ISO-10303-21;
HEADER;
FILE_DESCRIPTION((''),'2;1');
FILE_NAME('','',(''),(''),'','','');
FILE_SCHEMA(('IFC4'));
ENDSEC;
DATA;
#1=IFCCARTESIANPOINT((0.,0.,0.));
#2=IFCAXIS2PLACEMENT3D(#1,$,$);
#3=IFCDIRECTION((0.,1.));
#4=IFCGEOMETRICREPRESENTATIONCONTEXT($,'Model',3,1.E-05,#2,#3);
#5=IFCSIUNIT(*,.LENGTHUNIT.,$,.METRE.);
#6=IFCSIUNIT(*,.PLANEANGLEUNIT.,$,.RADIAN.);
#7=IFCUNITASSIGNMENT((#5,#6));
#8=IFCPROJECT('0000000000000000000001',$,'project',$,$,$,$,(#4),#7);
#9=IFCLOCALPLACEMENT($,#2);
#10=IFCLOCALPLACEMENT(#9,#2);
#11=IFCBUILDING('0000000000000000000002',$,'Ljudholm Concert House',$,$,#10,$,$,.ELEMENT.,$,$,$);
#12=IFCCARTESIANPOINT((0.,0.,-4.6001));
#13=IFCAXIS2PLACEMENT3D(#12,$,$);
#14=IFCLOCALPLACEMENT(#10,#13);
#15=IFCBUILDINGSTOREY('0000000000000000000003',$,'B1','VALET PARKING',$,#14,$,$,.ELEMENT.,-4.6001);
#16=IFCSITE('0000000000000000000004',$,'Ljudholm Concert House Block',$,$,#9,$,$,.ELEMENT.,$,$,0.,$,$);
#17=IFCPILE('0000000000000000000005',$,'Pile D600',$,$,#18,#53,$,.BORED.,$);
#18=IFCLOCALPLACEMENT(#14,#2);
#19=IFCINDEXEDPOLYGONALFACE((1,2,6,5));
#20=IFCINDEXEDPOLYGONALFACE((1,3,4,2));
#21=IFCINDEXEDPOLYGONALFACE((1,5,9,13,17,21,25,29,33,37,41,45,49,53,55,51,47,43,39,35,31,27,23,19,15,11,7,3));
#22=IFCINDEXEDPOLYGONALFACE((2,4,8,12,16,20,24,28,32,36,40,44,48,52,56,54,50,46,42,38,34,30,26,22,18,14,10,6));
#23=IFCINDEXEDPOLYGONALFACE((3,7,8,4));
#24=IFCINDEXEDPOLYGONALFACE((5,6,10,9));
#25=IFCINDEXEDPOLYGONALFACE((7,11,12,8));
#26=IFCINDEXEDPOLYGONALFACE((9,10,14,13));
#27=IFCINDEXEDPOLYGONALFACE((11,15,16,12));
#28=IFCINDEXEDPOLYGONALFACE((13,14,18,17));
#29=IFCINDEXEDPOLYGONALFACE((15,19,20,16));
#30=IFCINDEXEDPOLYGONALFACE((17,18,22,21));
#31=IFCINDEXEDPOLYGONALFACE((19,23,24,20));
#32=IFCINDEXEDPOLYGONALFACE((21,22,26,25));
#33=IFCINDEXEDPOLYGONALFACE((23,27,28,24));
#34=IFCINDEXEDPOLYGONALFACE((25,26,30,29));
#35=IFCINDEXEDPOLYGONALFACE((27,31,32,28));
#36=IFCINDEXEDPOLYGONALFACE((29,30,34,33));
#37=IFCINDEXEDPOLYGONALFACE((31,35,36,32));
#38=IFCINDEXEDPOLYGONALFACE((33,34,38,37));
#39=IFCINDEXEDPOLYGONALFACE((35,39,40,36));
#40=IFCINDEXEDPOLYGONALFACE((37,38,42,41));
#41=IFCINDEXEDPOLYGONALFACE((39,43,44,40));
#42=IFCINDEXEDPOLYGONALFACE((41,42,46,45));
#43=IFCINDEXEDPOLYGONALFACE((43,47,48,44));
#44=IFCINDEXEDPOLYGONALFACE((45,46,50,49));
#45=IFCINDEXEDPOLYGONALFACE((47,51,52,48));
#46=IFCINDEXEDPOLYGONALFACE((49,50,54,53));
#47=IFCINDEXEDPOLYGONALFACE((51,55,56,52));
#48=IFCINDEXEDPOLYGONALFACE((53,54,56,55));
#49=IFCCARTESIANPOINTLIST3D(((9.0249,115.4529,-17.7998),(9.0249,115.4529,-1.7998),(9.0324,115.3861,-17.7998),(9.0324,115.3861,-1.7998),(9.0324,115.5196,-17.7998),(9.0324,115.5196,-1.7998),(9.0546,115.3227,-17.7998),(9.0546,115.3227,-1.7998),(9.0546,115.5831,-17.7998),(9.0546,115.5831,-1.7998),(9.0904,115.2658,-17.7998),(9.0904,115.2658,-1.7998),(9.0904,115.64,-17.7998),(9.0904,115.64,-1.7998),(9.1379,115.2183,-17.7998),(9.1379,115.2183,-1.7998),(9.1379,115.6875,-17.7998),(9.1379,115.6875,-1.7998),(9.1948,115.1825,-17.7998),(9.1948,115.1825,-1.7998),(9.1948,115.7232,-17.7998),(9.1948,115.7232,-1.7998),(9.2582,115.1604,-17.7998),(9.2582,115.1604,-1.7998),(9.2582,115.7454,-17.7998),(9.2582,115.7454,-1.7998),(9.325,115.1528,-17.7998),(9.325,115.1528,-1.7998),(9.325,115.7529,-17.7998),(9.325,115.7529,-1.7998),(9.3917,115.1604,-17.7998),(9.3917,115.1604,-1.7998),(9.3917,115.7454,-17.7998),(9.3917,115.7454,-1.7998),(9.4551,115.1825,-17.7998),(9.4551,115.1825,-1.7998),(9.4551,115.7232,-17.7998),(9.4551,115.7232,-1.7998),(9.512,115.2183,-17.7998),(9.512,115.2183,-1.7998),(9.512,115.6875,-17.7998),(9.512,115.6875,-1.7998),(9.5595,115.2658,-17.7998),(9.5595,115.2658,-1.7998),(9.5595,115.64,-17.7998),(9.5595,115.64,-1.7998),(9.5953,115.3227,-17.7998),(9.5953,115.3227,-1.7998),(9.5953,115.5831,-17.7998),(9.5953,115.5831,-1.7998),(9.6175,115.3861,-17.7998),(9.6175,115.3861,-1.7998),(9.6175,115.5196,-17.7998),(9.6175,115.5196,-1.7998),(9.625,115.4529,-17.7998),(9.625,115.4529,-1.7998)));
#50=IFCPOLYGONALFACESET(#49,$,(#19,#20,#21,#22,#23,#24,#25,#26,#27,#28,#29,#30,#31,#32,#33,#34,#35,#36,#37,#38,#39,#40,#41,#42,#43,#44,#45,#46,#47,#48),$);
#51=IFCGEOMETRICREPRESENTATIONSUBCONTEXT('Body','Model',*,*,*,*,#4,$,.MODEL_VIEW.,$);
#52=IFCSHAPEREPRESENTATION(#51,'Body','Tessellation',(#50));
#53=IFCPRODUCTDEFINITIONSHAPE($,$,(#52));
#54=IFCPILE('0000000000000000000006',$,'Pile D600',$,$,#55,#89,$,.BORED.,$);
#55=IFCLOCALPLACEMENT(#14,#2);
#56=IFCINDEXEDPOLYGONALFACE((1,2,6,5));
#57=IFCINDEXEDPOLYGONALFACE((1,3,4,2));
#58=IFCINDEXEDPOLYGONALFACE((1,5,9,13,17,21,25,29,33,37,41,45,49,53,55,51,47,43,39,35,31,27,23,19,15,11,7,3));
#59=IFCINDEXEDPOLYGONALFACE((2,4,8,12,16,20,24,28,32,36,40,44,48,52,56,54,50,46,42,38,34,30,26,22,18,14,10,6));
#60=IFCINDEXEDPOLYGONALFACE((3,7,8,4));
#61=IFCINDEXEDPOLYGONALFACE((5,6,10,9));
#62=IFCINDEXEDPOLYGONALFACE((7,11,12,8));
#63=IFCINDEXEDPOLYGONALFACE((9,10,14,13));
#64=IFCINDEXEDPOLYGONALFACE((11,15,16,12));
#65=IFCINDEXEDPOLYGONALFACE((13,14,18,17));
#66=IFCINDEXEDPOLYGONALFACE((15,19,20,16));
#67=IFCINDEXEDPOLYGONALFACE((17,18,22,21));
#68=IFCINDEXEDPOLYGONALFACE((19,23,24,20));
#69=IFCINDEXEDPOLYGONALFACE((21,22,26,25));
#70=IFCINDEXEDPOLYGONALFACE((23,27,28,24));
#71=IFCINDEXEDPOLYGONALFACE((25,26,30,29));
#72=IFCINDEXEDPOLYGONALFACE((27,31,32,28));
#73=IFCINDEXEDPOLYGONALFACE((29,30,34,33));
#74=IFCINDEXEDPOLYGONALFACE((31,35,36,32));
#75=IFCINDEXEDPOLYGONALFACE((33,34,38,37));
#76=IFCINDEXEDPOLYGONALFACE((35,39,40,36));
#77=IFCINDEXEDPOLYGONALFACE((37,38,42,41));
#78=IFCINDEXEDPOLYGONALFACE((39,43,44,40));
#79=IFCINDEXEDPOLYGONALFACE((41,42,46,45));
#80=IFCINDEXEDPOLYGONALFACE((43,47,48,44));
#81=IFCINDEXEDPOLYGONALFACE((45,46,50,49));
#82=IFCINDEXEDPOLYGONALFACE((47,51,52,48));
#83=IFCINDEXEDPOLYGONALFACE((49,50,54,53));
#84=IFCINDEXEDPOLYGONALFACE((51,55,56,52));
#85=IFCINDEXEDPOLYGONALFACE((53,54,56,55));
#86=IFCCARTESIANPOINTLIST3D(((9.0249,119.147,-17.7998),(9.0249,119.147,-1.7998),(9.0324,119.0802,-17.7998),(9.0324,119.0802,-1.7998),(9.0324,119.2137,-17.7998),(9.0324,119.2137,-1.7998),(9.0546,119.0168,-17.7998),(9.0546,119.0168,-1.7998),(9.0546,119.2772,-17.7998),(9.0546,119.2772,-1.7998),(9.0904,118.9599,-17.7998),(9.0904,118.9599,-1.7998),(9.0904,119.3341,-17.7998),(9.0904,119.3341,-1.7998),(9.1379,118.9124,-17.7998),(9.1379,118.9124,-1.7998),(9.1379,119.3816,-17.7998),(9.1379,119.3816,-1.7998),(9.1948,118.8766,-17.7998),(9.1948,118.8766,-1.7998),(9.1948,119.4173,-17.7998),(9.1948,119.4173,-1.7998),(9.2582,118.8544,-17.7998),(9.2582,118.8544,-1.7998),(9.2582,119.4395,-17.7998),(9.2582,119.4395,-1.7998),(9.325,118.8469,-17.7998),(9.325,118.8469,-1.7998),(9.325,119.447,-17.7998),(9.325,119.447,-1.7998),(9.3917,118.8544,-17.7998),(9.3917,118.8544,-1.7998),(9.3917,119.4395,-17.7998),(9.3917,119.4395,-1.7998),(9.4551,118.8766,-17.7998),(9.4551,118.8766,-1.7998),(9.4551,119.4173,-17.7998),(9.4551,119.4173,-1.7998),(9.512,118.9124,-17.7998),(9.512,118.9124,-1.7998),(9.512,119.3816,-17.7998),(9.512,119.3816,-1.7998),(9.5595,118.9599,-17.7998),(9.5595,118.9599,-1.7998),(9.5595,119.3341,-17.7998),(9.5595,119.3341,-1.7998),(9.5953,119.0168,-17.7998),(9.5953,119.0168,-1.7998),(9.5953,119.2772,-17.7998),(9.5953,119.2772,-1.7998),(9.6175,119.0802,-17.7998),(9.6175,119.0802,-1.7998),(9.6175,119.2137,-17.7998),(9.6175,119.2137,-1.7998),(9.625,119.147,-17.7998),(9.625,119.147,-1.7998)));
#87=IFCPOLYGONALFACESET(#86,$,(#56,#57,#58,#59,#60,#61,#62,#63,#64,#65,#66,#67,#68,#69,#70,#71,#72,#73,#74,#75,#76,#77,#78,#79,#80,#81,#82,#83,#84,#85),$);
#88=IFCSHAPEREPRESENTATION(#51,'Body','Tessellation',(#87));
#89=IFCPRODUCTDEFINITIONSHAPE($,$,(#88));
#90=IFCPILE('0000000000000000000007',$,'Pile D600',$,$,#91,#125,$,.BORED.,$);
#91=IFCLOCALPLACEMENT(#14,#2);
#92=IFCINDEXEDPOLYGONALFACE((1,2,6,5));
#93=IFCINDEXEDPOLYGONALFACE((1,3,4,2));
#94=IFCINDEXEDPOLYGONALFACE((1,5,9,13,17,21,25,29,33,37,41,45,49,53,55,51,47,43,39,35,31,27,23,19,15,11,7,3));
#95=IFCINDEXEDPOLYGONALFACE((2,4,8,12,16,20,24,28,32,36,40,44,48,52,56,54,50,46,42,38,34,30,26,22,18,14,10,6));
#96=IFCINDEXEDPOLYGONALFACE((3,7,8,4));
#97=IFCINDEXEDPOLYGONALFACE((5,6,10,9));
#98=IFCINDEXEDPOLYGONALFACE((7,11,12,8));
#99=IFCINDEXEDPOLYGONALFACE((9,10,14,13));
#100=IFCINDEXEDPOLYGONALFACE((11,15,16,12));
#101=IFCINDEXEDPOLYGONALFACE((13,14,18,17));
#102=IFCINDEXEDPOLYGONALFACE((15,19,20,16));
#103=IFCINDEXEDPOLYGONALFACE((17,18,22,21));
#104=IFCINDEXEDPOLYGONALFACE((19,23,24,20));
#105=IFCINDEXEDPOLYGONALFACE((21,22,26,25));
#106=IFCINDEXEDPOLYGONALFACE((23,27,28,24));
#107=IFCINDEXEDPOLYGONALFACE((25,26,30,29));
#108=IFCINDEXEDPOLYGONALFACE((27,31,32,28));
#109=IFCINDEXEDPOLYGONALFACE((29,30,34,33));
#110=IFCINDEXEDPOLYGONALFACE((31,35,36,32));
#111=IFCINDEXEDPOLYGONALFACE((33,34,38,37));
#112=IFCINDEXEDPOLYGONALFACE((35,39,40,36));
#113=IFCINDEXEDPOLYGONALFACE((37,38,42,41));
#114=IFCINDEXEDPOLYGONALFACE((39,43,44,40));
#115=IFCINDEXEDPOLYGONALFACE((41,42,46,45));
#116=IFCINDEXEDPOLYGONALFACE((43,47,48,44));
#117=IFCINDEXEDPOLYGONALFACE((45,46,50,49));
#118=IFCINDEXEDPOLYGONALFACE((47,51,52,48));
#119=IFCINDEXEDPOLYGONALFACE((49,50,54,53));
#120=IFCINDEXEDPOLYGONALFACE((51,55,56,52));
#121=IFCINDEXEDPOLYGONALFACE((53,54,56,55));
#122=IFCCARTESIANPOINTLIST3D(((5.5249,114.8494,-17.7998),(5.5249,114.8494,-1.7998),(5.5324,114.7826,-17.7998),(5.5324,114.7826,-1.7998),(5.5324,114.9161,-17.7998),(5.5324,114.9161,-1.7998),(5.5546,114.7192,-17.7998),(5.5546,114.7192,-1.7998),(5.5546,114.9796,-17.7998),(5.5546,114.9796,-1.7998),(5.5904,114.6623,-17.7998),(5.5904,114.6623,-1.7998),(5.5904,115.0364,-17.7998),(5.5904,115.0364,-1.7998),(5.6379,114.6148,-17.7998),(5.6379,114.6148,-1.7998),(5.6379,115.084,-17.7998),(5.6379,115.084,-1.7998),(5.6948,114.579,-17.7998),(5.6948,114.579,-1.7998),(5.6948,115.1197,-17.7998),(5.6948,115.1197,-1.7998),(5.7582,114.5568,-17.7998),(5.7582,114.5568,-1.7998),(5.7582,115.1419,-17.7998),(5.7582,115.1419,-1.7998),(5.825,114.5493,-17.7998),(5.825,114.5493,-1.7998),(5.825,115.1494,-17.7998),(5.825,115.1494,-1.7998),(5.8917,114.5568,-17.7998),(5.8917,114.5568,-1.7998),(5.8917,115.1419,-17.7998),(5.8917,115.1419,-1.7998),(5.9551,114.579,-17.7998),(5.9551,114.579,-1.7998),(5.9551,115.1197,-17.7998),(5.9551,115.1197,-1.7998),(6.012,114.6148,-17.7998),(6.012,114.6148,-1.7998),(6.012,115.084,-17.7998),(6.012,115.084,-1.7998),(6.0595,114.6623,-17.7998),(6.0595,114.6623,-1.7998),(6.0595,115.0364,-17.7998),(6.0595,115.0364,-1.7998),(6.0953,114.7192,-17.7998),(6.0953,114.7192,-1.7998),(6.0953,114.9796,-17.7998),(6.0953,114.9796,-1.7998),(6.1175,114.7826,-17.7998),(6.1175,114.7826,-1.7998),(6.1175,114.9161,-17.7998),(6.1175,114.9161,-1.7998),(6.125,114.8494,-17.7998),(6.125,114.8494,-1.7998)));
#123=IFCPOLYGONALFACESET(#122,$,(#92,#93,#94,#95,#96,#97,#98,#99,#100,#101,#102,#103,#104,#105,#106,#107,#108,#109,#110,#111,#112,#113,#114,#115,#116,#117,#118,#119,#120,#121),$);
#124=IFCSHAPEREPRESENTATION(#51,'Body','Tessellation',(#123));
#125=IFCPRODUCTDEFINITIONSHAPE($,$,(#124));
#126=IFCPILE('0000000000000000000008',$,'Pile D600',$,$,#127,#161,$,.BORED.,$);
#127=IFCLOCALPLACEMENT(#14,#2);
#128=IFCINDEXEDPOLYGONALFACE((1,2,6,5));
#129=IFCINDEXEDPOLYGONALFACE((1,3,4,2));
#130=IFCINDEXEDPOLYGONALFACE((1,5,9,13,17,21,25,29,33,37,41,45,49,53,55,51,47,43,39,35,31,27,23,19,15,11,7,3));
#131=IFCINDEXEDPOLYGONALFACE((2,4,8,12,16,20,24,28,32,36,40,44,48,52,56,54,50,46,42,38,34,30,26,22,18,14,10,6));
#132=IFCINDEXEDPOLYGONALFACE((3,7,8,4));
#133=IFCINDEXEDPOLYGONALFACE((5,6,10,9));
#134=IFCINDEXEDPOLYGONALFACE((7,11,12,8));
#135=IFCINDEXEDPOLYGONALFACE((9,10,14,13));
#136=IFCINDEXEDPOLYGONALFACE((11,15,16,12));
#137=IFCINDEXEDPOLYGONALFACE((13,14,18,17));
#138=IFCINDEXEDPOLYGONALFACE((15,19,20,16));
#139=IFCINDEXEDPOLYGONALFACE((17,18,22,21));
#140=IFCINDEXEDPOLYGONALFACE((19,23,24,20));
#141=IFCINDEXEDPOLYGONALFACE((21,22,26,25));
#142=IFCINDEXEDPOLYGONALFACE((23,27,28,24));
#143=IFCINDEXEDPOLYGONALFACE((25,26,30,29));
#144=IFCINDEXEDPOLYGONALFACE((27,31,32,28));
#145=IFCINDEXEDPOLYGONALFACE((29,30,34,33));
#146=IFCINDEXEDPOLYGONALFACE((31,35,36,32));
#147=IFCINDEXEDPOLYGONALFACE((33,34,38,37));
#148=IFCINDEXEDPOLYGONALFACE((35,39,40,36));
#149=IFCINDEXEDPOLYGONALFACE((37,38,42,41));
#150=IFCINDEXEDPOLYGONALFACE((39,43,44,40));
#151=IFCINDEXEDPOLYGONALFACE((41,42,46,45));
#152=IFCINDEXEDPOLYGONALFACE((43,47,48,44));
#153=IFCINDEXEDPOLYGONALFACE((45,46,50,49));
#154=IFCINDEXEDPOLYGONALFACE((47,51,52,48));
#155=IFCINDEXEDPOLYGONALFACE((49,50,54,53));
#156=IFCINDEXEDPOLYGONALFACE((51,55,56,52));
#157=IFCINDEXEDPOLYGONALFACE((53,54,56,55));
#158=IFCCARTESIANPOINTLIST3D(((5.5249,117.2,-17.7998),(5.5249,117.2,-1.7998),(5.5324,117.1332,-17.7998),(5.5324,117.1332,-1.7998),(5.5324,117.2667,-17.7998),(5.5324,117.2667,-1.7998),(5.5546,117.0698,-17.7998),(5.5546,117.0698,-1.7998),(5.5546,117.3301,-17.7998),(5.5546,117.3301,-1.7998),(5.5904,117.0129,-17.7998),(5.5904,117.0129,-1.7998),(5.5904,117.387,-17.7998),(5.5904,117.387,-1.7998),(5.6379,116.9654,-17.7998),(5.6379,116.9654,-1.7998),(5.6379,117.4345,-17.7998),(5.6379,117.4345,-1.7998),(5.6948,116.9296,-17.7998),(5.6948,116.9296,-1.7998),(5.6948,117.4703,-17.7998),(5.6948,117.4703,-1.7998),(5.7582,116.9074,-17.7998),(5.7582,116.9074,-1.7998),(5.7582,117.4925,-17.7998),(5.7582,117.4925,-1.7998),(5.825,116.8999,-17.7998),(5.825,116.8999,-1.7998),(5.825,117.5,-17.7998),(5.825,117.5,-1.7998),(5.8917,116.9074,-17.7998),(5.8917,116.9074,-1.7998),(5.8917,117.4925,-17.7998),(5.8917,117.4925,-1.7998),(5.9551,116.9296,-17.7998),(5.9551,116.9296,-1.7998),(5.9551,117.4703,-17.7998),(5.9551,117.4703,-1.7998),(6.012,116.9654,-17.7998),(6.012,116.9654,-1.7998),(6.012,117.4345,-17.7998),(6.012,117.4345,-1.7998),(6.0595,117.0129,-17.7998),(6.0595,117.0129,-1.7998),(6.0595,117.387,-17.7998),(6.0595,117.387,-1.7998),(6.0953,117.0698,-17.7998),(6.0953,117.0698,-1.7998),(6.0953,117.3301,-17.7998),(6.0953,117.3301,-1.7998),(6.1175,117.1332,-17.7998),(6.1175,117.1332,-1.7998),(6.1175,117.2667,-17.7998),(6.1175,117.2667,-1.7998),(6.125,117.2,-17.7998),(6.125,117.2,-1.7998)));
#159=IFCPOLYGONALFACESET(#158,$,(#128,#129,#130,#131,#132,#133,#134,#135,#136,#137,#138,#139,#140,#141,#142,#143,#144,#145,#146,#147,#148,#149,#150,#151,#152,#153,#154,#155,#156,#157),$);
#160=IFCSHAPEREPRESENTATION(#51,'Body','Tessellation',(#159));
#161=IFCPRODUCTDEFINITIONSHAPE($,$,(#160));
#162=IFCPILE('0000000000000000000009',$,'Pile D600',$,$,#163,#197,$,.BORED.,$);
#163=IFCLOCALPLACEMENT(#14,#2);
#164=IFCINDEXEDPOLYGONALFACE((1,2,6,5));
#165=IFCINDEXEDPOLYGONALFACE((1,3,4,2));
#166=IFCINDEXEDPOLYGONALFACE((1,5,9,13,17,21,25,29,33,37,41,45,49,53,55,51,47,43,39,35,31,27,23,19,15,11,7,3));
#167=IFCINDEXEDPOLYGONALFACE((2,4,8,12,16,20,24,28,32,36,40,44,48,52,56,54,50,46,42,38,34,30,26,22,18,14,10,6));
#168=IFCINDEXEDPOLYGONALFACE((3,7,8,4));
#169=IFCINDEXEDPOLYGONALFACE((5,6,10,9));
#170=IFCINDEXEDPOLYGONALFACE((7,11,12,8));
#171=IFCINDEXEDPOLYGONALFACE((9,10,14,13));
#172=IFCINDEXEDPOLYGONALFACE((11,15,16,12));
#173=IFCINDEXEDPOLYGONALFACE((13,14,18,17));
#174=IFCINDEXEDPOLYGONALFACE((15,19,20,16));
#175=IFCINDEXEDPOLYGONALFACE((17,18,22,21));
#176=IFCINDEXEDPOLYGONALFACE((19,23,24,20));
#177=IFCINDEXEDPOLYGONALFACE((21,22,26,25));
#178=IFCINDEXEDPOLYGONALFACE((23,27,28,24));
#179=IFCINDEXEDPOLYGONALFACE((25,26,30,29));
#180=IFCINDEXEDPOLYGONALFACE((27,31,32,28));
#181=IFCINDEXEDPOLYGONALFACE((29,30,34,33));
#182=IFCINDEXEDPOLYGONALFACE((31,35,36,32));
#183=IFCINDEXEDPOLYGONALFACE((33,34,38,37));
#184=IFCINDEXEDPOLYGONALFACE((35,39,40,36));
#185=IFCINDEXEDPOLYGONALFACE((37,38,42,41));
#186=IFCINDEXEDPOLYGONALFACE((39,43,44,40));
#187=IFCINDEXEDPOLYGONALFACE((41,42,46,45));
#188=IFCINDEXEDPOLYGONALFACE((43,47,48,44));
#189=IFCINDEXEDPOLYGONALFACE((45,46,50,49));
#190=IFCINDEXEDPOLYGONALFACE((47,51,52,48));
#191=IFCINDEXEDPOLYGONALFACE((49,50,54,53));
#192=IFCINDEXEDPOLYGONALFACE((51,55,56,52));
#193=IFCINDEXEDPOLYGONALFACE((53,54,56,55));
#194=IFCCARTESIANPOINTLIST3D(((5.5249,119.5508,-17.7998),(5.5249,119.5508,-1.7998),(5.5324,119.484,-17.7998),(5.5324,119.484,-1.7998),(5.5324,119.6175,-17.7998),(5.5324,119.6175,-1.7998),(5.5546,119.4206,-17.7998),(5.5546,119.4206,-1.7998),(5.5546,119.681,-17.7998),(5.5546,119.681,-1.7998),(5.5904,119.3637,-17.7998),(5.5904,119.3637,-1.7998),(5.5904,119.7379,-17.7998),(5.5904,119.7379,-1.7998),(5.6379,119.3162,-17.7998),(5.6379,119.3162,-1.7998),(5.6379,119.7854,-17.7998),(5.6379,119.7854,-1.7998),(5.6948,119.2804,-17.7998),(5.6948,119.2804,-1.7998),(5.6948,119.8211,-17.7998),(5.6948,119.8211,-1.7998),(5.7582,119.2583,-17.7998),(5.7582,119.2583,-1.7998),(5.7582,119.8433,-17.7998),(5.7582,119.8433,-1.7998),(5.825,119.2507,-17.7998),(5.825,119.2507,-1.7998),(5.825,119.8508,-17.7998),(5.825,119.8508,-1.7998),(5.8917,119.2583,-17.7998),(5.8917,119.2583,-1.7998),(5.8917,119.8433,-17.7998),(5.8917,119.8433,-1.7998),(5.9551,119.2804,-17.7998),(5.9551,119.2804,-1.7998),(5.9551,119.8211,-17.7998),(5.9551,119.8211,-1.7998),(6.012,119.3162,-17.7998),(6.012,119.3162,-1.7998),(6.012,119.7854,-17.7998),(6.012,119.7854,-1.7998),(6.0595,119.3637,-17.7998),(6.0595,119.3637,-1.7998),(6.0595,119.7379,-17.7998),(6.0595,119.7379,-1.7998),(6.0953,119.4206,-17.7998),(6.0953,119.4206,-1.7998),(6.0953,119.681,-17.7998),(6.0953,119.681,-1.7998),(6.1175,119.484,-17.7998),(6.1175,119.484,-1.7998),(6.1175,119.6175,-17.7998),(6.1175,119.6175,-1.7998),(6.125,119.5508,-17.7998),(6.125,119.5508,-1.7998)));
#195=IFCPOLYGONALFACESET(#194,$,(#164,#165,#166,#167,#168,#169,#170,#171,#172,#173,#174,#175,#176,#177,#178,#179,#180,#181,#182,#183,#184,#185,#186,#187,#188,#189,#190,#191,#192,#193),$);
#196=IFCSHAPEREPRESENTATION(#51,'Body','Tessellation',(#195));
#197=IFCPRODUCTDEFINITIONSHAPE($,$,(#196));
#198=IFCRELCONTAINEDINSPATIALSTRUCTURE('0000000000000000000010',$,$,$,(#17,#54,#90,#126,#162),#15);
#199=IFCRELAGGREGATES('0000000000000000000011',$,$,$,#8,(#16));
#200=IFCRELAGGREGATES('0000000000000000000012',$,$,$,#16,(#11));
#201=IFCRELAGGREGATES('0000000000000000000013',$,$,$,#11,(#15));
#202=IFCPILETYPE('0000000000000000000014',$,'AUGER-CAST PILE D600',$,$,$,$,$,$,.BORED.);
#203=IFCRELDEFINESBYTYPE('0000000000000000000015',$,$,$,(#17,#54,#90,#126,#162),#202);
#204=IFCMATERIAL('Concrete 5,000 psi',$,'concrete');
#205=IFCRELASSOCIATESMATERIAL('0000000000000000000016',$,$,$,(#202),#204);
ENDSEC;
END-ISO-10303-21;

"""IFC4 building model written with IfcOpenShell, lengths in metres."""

from ifc_helpers import new_model, si_unit, direction, frame, origin, origin_2d, place, context, subcontext, project, spatial, circle, extrude, material, material_profile, profile_set, type_object, element, save


model = new_model("IFC4")

# Units and contexts
model_context = context("Model", 3, precision=1e-05, world=origin(), true_north=direction((0.0, 1.0)))
body_context = subcontext(model_context, "Body", "Model", "MODEL_VIEW")
ifc_project = project(units=[si_unit("LENGTHUNIT", "METRE"), si_unit("PLANEANGLEUNIT", "RADIAN")], contexts=[model_context])

# Site, building, storey
site_placement = place(None, origin())
site = spatial("IfcSite", under=ifc_project, at=site_placement, Name="Ljudholm Concert House Block", CompositionType="ELEMENT", RefElevation=0.0)
building_placement = place(site_placement, origin())
building = spatial("IfcBuilding", under=site, at=building_placement, Name="Ljudholm Concert House", CompositionType="ELEMENT")
storey_placement = place(building_placement, frame((0.0, 0.0, -4.6001)))
storey = spatial("IfcBuildingStorey", under=building, at=storey_placement, Name="B1", Description="VALET PARKING", CompositionType="ELEMENT", Elevation=-4.6001)

# Piles
ifc_material_1 = material(Name="Concrete 5,000 psi", Category="concrete")
ifc_material_profile_1 = material_profile(ifc_material_1, circle(Radius=0.3, at=origin_2d()), Name="AUGER-CAST PILE D600")
ifc_profile_set_1 = profile_set([ifc_material_profile_1], Name="Concrete 5,000 psi")
pile_type = type_object("IfcPileType", Name="AUGER-CAST PILE D600", PredefinedType="BORED", material=ifc_profile_set_1)
for number, where, z_axis, x_axis, name in (
    (1, (9.325, 115.4529, -1.7998), (0.0, 0.0, -1.0), (1.0, 0.0, 0.0), "Pile D600"),
    (2, (9.325, 119.147, -1.7998), (0.0, 0.0, -1.0), (1.0, 0.0, 0.0), "Pile D600"),
    (3, (5.825, 114.8494, -1.7998), (0.0, 0.0, -1.0), (1.0, 0.0, 0.0), "Pile D600"),
    (4, (5.825, 117.2, -1.7998), (0.0, 0.0, -1.0), (1.0, 0.0, 0.0), "Pile D600"),
    (5, (5.825, 119.5508, -1.7998), (0.0, 0.0, -1.0), (1.0, 0.0, 0.0), "Pile D600"),
):
    element("IfcPile", number, at=place(storey_placement, frame(where, z_axis=z_axis, x_axis=x_axis)), inside=storey, type_object=pile_type, Name=name, PredefinedType="BORED", context=body_context, shape_type="SweptSolid", body=[
        extrude(circle(Radius=0.3, at=origin_2d()), origin(), (0.0, 0.0, 1.0), 16.0),
    ])

save(model, "model.ifc")
